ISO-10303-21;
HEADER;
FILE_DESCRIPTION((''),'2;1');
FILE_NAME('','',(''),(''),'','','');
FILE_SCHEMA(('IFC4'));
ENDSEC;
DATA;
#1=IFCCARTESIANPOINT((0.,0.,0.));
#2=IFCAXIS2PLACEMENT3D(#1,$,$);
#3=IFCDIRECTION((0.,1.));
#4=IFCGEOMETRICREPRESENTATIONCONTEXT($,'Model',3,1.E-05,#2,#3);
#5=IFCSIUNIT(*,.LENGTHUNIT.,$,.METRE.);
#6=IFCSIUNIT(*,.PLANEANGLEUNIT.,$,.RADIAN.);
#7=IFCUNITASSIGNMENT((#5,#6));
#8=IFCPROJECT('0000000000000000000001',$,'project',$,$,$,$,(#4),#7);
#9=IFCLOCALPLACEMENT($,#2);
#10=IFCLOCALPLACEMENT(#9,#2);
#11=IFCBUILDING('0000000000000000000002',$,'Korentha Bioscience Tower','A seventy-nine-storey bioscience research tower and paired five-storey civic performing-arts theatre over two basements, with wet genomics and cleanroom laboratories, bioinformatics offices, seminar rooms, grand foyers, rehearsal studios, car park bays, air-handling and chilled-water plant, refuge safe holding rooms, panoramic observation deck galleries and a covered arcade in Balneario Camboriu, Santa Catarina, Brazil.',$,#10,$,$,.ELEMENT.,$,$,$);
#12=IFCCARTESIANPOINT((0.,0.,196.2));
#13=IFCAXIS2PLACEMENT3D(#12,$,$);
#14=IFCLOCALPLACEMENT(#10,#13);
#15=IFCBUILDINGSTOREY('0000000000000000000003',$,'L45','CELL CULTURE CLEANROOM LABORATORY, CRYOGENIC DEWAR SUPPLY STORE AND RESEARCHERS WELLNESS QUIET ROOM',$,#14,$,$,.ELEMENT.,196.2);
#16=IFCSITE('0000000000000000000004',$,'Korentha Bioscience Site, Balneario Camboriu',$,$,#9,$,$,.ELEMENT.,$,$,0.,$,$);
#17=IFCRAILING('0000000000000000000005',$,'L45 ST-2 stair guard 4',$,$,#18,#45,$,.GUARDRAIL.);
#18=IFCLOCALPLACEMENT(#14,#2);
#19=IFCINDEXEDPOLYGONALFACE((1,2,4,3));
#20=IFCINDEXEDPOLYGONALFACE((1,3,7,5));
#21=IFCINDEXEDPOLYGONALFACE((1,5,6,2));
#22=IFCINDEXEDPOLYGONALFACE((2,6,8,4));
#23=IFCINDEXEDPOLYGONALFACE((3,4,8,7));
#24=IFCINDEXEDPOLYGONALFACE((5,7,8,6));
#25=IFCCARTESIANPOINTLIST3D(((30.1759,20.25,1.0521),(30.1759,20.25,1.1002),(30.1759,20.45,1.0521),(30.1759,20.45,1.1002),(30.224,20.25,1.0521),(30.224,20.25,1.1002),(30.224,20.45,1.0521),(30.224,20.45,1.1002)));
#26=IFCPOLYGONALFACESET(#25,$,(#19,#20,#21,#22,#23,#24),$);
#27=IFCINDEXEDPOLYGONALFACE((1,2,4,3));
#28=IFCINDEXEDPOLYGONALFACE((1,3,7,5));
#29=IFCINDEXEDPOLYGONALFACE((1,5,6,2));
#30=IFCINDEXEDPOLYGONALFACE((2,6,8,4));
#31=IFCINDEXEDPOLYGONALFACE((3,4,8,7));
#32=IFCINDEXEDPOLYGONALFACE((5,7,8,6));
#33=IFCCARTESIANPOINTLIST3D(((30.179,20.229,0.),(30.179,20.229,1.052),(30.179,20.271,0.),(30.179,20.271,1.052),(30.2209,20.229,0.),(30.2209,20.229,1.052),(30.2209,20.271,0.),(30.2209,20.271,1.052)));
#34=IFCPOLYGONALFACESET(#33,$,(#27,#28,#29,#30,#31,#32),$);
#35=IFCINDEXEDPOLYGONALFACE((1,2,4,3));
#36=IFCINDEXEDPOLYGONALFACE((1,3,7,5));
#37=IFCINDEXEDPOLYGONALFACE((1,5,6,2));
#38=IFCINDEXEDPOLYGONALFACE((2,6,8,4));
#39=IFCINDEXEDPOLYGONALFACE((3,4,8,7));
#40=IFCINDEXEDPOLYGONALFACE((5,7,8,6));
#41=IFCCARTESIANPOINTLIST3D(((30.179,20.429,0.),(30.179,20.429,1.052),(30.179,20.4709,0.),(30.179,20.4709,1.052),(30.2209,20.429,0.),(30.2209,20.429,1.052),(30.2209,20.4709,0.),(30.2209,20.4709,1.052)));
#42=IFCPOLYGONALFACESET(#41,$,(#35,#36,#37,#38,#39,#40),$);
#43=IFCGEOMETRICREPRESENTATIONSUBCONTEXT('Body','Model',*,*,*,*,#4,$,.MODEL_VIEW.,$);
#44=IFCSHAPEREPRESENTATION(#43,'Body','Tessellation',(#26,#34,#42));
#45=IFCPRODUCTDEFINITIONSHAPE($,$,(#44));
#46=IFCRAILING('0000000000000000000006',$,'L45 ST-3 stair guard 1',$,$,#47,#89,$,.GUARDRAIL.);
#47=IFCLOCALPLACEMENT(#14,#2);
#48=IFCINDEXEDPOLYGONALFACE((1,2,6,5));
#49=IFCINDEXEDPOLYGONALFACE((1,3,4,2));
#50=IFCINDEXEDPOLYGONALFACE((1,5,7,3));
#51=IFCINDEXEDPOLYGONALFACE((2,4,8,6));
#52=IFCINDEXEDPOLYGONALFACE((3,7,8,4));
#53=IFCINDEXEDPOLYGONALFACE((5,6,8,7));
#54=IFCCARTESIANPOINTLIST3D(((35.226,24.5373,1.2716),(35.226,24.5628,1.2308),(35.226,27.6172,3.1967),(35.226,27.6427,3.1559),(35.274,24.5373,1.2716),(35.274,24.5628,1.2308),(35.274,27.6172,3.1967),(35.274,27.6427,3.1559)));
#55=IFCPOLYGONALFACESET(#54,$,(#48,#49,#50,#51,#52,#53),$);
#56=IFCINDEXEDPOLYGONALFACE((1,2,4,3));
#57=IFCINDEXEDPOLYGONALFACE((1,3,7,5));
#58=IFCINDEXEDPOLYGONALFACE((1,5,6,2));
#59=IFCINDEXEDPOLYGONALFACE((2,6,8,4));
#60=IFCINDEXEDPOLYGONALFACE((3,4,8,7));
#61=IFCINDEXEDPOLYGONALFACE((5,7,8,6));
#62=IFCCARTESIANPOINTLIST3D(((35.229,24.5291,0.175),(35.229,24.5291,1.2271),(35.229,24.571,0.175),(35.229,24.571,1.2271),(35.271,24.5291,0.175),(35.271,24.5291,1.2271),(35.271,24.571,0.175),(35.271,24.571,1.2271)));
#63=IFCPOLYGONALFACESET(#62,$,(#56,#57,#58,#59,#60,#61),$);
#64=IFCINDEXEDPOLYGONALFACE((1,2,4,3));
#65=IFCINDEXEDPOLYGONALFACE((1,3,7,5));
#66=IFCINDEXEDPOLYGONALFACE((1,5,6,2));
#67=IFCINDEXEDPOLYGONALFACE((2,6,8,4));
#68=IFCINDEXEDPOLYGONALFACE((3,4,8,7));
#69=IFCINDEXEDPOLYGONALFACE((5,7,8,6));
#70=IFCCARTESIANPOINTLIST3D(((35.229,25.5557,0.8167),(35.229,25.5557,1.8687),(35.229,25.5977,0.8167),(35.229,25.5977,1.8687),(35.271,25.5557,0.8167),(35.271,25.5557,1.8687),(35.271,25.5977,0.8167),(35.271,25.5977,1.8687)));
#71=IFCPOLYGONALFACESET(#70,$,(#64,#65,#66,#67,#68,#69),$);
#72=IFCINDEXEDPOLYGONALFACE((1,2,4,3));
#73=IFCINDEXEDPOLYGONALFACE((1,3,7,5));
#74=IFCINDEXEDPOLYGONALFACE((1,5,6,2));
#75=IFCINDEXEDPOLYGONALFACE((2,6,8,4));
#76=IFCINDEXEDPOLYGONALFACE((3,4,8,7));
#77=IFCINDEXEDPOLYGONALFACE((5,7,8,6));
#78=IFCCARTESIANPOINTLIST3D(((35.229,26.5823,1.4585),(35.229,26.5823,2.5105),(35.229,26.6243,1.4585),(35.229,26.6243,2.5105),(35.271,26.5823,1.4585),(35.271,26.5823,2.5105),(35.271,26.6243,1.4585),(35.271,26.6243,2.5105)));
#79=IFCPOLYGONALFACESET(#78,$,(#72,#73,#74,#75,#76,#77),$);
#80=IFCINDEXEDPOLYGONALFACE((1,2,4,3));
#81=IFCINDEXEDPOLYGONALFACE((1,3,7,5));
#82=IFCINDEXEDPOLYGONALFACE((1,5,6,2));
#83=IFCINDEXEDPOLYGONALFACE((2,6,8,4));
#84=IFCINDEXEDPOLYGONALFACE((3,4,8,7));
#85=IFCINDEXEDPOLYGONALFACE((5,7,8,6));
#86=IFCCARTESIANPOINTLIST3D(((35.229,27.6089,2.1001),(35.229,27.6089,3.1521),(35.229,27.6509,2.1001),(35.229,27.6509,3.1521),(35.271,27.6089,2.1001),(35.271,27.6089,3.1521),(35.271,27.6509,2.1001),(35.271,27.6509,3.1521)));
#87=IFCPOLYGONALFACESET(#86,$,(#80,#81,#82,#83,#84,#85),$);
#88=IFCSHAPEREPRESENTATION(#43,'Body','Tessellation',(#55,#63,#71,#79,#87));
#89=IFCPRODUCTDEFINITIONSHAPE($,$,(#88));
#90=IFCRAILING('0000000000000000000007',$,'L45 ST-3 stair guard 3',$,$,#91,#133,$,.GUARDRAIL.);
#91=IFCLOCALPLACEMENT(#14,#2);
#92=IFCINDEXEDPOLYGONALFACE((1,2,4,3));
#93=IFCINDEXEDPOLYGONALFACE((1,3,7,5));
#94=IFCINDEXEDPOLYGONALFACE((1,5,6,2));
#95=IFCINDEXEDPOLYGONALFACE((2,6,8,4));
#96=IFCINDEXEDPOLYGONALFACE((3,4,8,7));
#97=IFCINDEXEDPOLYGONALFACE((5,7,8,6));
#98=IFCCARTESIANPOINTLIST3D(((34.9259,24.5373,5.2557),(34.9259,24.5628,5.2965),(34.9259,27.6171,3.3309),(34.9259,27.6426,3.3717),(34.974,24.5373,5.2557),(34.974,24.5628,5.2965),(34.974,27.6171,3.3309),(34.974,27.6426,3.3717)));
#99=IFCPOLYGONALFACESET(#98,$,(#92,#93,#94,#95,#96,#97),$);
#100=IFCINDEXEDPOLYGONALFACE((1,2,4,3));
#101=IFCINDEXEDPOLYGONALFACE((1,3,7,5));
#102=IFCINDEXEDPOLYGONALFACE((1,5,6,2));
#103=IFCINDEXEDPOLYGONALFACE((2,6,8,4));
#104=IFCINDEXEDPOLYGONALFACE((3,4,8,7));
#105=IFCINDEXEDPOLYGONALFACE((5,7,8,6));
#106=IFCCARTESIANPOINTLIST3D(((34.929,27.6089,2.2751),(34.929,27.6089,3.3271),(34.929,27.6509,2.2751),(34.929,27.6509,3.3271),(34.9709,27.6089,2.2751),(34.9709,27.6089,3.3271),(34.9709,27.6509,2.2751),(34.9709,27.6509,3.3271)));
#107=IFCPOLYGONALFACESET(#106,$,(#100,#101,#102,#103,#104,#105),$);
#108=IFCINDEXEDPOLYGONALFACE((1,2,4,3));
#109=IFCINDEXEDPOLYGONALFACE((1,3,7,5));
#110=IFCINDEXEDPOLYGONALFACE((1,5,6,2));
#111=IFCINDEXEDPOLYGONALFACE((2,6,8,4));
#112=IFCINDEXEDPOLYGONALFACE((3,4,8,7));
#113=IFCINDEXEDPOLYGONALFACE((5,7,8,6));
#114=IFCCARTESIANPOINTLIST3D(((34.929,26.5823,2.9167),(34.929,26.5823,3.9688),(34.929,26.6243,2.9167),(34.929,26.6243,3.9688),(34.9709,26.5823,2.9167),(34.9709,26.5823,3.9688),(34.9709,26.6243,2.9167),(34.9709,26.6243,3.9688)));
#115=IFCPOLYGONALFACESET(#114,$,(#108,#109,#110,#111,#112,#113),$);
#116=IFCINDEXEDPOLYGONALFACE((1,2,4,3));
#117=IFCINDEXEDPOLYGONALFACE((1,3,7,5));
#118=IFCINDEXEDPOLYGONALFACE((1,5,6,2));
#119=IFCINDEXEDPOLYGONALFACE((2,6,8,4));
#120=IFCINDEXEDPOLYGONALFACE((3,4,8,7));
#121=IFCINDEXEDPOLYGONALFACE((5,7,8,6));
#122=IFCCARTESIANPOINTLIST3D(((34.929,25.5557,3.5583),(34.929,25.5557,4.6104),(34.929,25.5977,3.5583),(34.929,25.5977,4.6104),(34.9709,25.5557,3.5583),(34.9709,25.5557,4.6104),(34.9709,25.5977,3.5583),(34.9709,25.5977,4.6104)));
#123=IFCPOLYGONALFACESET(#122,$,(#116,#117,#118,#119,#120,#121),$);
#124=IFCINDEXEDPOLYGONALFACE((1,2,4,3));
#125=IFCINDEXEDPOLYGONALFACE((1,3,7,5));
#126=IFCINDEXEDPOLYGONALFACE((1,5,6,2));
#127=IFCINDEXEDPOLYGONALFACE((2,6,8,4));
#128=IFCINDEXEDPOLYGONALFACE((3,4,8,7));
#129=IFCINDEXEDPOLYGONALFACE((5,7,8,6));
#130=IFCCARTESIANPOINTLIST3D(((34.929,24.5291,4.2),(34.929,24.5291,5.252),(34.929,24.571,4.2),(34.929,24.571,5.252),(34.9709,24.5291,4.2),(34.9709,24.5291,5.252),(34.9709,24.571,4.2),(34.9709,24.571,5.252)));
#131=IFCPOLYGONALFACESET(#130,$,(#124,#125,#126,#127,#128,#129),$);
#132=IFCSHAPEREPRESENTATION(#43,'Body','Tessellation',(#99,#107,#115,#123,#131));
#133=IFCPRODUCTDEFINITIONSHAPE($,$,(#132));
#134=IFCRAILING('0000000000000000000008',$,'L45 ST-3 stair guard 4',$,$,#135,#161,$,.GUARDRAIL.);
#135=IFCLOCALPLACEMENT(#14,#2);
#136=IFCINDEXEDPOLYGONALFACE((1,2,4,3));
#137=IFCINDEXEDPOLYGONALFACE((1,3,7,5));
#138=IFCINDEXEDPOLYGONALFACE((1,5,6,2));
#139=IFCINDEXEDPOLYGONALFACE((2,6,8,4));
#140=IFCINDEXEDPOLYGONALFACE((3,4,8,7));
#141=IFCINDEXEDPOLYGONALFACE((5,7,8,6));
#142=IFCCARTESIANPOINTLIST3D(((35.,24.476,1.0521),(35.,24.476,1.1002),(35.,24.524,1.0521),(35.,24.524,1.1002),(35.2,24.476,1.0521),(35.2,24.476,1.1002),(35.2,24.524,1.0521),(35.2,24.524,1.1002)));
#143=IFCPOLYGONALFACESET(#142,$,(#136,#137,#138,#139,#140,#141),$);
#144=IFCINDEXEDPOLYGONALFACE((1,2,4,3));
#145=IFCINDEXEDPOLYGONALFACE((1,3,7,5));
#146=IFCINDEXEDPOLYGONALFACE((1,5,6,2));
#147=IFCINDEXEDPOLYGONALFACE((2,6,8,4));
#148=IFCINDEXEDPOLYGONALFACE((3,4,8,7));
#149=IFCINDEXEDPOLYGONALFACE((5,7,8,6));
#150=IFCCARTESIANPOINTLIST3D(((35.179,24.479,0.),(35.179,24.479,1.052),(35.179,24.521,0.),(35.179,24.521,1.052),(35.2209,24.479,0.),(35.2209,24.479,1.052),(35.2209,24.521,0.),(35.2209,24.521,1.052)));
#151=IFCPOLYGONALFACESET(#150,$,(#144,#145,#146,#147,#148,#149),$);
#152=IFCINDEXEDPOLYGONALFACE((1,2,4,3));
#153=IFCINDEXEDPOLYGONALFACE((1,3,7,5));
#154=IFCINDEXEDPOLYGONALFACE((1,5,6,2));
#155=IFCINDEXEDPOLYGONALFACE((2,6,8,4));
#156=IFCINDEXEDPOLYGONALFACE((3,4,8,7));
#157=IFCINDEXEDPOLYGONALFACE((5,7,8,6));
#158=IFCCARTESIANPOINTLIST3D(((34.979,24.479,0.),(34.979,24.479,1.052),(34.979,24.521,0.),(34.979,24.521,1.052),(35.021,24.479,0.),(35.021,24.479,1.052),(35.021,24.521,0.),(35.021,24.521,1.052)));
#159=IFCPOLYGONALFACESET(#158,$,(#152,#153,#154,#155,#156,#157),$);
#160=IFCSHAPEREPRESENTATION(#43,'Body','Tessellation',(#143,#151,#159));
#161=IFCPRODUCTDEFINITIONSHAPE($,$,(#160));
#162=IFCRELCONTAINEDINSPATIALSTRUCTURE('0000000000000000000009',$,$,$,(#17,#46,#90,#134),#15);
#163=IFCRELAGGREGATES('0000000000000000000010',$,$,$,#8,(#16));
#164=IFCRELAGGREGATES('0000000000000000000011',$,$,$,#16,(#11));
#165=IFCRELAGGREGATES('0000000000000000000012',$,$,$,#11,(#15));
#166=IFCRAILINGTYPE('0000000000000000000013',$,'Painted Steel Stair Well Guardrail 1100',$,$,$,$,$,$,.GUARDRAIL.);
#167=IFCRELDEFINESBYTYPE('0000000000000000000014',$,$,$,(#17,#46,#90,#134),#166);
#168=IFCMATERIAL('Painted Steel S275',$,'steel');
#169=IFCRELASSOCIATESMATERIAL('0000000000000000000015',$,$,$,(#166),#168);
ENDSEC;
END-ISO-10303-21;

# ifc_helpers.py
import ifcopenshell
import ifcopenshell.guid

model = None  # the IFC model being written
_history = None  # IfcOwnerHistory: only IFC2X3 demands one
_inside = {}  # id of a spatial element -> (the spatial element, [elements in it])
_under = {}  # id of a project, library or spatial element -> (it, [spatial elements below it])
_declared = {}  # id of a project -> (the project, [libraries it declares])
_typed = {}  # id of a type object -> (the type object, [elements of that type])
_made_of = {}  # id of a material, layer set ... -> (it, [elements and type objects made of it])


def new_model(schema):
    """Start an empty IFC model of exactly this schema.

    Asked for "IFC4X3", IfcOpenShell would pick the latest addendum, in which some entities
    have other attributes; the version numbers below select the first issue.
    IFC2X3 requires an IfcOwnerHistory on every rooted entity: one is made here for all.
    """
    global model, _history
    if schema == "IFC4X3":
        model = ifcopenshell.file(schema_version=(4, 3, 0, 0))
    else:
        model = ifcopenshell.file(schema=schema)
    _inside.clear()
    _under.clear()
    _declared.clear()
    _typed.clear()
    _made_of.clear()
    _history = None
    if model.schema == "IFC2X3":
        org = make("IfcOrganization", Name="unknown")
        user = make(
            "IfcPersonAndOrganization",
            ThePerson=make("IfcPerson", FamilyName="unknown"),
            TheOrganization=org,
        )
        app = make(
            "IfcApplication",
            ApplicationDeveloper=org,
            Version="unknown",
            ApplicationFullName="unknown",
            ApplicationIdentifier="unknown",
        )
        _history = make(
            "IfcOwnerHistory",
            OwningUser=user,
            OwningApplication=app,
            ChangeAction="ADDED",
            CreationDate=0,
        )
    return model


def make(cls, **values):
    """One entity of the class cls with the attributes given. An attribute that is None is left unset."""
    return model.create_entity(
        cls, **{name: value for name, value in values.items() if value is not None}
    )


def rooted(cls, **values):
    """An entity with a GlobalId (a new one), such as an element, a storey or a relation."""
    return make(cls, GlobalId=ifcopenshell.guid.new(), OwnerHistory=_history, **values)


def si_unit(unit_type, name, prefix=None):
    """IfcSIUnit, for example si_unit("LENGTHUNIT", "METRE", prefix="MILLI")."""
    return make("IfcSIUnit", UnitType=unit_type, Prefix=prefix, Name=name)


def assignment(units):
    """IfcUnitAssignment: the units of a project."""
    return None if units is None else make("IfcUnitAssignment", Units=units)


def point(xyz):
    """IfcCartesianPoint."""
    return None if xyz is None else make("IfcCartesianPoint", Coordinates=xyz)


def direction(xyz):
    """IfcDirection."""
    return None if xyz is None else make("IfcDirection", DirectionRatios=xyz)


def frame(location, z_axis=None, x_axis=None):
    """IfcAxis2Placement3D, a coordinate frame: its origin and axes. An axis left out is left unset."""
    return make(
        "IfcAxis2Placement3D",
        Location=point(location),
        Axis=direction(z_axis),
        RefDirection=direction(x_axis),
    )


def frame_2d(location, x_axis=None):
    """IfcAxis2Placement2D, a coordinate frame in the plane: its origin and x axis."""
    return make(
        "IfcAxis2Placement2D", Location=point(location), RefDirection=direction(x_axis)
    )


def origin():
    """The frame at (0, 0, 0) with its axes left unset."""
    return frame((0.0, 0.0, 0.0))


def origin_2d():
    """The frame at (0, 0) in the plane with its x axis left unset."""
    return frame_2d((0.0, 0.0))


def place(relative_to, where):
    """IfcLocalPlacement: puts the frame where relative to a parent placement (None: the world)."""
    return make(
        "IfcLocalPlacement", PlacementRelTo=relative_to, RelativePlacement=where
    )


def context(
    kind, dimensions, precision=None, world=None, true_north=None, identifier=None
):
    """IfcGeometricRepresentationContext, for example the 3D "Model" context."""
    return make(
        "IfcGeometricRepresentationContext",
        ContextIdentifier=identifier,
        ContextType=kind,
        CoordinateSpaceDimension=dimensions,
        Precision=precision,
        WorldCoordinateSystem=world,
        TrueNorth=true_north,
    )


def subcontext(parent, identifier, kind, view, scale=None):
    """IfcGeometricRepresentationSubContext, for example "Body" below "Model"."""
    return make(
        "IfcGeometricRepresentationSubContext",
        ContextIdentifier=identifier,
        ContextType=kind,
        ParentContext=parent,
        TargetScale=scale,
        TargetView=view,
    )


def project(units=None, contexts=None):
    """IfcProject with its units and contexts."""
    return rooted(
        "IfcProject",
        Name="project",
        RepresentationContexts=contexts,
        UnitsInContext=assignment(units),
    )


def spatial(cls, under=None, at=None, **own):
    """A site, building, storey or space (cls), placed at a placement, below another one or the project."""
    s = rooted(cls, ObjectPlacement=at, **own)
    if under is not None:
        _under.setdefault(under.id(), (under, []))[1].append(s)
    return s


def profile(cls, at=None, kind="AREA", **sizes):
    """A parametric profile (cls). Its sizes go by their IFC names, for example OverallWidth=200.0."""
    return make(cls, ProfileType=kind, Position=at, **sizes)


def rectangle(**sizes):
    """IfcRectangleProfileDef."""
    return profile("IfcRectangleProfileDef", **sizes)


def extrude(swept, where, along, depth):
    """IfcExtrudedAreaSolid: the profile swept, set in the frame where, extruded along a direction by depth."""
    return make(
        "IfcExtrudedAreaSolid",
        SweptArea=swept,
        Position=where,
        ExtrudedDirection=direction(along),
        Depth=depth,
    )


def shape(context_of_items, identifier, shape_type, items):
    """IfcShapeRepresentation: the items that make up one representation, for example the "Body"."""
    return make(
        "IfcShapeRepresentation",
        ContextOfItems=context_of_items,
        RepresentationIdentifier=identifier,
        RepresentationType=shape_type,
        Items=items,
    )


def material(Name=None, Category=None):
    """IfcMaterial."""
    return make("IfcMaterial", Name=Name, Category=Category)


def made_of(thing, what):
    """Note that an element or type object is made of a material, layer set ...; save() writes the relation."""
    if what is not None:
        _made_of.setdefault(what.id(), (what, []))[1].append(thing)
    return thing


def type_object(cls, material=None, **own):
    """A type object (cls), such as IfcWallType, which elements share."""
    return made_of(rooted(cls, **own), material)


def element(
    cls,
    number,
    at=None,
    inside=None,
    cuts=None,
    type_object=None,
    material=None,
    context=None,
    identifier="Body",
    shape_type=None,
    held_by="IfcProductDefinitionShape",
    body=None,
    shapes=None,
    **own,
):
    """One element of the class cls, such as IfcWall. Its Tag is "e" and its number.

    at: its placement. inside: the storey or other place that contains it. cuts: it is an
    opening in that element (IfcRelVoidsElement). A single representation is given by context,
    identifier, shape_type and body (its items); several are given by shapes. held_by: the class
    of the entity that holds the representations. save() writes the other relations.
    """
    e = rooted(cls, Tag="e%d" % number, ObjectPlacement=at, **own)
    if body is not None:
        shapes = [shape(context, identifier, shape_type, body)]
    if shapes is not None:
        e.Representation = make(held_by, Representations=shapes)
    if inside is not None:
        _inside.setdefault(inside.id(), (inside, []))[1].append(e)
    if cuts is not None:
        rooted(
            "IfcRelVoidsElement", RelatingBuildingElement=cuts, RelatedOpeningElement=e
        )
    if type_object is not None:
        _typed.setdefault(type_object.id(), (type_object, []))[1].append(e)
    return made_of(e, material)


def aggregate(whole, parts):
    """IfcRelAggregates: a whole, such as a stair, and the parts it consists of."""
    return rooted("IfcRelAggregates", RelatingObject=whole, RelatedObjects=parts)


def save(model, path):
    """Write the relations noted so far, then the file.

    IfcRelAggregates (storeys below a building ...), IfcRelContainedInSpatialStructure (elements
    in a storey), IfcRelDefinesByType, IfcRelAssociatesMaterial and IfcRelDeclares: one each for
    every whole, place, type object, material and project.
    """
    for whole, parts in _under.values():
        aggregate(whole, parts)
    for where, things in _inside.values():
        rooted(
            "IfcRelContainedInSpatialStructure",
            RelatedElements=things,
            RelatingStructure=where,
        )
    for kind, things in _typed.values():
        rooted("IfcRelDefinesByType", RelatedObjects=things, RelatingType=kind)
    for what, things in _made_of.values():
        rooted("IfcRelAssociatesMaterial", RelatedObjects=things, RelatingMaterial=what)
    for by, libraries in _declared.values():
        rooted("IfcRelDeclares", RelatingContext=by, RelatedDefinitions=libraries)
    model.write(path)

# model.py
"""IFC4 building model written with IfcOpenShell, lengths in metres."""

from ifc_helpers import new_model, si_unit, direction, frame, origin, origin_2d, place, context, subcontext, project, spatial, rectangle, extrude, material, type_object, element, save


model = new_model("IFC4")

# Units and contexts
model_context = context("Model", 3, precision=1e-05, world=origin(), true_north=direction((0.0, 1.0)))
body_context = subcontext(model_context, "Body", "Model", "MODEL_VIEW")
ifc_project = project(units=[si_unit("LENGTHUNIT", "METRE"), si_unit("PLANEANGLEUNIT", "RADIAN")], contexts=[model_context])

# Site, building, storey
site_placement = place(None, origin())
site = spatial("IfcSite", under=ifc_project, at=site_placement, Name="Korentha Bioscience Site, Balneario Camboriu", CompositionType="ELEMENT", RefElevation=0.0)
building_placement = place(site_placement, origin())
building = spatial("IfcBuilding", under=site, at=building_placement, Name="Korentha Bioscience Tower", Description="A seventy-nine-storey bioscience research tower and paired five-storey civic performing-arts theatre over two basements, with wet genomics and cleanroom laboratories, bioinformatics offices, seminar rooms, grand foyers, rehearsal studios, car park bays, air-handling and chilled-water plant, refuge safe holding rooms, panoramic observation deck galleries and a covered arcade in Balneario Camboriu, Santa Catarina, Brazil.", CompositionType="ELEMENT")
storey_placement = place(building_placement, frame((0.0, 0.0, 196.2)))
storey = spatial("IfcBuildingStorey", under=building, at=storey_placement, Name="L45", Description="CELL CULTURE CLEANROOM LABORATORY, CRYOGENIC DEWAR SUPPLY STORE AND RESEARCHERS WELLNESS QUIET ROOM", CompositionType="ELEMENT", Elevation=196.2)

# Railings
ifc_material_1 = material(Name="Painted Steel S275", Category="steel")
railing_type_1 = type_object("IfcRailingType", Name="Painted Steel Stair Well Guardrail 1100", PredefinedType="GUARDRAIL", material=ifc_material_1)
railing_1_placement = place(storey_placement, frame((30.2, 20.25, 0.0)))
element("IfcRailing", 1, at=railing_1_placement, inside=storey, type_object=railing_type_1, Name="L45 ST-2 stair guard 4", PredefinedType="GUARDRAIL", context=body_context, shape_type="SweptSolid", body=[
    extrude(rectangle(XDim=0.0481, YDim=0.0481, at=origin_2d()), frame((0.0, 0.0, 1.0762), z_axis=(0.0, 1.0, 0.0), x_axis=(-1.0, 0.0, 0.0)), (0.0, 0.0, 1.0), 0.2),
    extrude(rectangle(XDim=0.042, YDim=0.042, at=origin_2d()), origin(), (0.0, 0.0, 1.0), 1.052),
    extrude(rectangle(XDim=0.042, YDim=0.042, at=origin_2d()), frame((0.0, 0.2, 0.0)), (0.0, 0.0, 1.0), 1.052),
])
railing_2_placement = place(storey_placement, frame((35.25, 24.55, 0.175)))
element("IfcRailing", 2, at=railing_2_placement, inside=storey, type_object=railing_type_1, Name="L45 ST-3 stair guard 1", PredefinedType="GUARDRAIL", context=body_context, shape_type="SweptSolid", body=[
    extrude(rectangle(XDim=0.0481, YDim=0.0481, at=origin_2d()), frame((0.0, 0.0, 1.0762), z_axis=(0.0, 0.847979, 0.530029), x_axis=(-1.0, 0.0, 0.0)), (0.0, 0.0, 1.0), 3.6321),
    extrude(rectangle(XDim=0.042, YDim=0.042, at=origin_2d()), origin(), (0.0, 0.0, 1.0), 1.052),
    extrude(rectangle(XDim=0.042, YDim=0.042, at=origin_2d()), frame((0.0, 1.0266, 0.6416)), (0.0, 0.0, 1.0), 1.052),
    extrude(rectangle(XDim=0.042, YDim=0.042, at=origin_2d()), frame((0.0, 2.0532, 1.2834)), (0.0, 0.0, 1.0), 1.052),
    extrude(rectangle(XDim=0.042, YDim=0.042, at=origin_2d()), frame((0.0, 3.0798, 1.925)), (0.0, 0.0, 1.0), 1.052),
])
railing_3_placement = place(storey_placement, frame((34.95, 27.6299, 2.2751)))
element("IfcRailing", 3, at=railing_3_placement, inside=storey, type_object=railing_type_1, Name="L45 ST-3 stair guard 3", PredefinedType="GUARDRAIL", context=body_context, shape_type="SweptSolid", body=[
    extrude(rectangle(XDim=0.0481, YDim=0.0481, at=origin_2d()), frame((0.0, 0.0, 1.0762), z_axis=(0.0, -0.84801, 0.529981), x_axis=(1.0, 0.0, 0.0)), (0.0, 0.0, 1.0), 3.6318),
    extrude(rectangle(XDim=0.042, YDim=0.042, at=origin_2d()), origin(), (0.0, 0.0, 1.0), 1.052),
    extrude(rectangle(XDim=0.042, YDim=0.042, at=origin_2d()), frame((0.0, -1.0266, 0.6416)), (0.0, 0.0, 1.0), 1.052),
    extrude(rectangle(XDim=0.042, YDim=0.042, at=origin_2d()), frame((0.0, -2.0532, 1.2832)), (0.0, 0.0, 1.0), 1.052),
    extrude(rectangle(XDim=0.042, YDim=0.042, at=origin_2d()), frame((0.0, -3.0798, 1.9248)), (0.0, 0.0, 1.0), 1.052),
])
railing_4_placement = place(storey_placement, frame((35.2, 24.5, 0.0)))
element("IfcRailing", 4, at=railing_4_placement, inside=storey, type_object=railing_type_1, Name="L45 ST-3 stair guard 4", PredefinedType="GUARDRAIL", context=body_context, shape_type="SweptSolid", body=[
    extrude(rectangle(XDim=0.0481, YDim=0.0481, at=origin_2d()), frame((0.0, 0.0, 1.0762), z_axis=(-1.0, 0.0, 0.0), x_axis=(0.0, -1.0, 0.0)), (0.0, 0.0, 1.0), 0.2),
    extrude(rectangle(XDim=0.042, YDim=0.042, at=origin_2d()), origin(), (0.0, 0.0, 1.0), 1.052),
    extrude(rectangle(XDim=0.042, YDim=0.042, at=origin_2d()), frame((-0.2, 0.0, 0.0)), (0.0, 0.0, 1.0), 1.052),
])

save(model, "model.ifc")
